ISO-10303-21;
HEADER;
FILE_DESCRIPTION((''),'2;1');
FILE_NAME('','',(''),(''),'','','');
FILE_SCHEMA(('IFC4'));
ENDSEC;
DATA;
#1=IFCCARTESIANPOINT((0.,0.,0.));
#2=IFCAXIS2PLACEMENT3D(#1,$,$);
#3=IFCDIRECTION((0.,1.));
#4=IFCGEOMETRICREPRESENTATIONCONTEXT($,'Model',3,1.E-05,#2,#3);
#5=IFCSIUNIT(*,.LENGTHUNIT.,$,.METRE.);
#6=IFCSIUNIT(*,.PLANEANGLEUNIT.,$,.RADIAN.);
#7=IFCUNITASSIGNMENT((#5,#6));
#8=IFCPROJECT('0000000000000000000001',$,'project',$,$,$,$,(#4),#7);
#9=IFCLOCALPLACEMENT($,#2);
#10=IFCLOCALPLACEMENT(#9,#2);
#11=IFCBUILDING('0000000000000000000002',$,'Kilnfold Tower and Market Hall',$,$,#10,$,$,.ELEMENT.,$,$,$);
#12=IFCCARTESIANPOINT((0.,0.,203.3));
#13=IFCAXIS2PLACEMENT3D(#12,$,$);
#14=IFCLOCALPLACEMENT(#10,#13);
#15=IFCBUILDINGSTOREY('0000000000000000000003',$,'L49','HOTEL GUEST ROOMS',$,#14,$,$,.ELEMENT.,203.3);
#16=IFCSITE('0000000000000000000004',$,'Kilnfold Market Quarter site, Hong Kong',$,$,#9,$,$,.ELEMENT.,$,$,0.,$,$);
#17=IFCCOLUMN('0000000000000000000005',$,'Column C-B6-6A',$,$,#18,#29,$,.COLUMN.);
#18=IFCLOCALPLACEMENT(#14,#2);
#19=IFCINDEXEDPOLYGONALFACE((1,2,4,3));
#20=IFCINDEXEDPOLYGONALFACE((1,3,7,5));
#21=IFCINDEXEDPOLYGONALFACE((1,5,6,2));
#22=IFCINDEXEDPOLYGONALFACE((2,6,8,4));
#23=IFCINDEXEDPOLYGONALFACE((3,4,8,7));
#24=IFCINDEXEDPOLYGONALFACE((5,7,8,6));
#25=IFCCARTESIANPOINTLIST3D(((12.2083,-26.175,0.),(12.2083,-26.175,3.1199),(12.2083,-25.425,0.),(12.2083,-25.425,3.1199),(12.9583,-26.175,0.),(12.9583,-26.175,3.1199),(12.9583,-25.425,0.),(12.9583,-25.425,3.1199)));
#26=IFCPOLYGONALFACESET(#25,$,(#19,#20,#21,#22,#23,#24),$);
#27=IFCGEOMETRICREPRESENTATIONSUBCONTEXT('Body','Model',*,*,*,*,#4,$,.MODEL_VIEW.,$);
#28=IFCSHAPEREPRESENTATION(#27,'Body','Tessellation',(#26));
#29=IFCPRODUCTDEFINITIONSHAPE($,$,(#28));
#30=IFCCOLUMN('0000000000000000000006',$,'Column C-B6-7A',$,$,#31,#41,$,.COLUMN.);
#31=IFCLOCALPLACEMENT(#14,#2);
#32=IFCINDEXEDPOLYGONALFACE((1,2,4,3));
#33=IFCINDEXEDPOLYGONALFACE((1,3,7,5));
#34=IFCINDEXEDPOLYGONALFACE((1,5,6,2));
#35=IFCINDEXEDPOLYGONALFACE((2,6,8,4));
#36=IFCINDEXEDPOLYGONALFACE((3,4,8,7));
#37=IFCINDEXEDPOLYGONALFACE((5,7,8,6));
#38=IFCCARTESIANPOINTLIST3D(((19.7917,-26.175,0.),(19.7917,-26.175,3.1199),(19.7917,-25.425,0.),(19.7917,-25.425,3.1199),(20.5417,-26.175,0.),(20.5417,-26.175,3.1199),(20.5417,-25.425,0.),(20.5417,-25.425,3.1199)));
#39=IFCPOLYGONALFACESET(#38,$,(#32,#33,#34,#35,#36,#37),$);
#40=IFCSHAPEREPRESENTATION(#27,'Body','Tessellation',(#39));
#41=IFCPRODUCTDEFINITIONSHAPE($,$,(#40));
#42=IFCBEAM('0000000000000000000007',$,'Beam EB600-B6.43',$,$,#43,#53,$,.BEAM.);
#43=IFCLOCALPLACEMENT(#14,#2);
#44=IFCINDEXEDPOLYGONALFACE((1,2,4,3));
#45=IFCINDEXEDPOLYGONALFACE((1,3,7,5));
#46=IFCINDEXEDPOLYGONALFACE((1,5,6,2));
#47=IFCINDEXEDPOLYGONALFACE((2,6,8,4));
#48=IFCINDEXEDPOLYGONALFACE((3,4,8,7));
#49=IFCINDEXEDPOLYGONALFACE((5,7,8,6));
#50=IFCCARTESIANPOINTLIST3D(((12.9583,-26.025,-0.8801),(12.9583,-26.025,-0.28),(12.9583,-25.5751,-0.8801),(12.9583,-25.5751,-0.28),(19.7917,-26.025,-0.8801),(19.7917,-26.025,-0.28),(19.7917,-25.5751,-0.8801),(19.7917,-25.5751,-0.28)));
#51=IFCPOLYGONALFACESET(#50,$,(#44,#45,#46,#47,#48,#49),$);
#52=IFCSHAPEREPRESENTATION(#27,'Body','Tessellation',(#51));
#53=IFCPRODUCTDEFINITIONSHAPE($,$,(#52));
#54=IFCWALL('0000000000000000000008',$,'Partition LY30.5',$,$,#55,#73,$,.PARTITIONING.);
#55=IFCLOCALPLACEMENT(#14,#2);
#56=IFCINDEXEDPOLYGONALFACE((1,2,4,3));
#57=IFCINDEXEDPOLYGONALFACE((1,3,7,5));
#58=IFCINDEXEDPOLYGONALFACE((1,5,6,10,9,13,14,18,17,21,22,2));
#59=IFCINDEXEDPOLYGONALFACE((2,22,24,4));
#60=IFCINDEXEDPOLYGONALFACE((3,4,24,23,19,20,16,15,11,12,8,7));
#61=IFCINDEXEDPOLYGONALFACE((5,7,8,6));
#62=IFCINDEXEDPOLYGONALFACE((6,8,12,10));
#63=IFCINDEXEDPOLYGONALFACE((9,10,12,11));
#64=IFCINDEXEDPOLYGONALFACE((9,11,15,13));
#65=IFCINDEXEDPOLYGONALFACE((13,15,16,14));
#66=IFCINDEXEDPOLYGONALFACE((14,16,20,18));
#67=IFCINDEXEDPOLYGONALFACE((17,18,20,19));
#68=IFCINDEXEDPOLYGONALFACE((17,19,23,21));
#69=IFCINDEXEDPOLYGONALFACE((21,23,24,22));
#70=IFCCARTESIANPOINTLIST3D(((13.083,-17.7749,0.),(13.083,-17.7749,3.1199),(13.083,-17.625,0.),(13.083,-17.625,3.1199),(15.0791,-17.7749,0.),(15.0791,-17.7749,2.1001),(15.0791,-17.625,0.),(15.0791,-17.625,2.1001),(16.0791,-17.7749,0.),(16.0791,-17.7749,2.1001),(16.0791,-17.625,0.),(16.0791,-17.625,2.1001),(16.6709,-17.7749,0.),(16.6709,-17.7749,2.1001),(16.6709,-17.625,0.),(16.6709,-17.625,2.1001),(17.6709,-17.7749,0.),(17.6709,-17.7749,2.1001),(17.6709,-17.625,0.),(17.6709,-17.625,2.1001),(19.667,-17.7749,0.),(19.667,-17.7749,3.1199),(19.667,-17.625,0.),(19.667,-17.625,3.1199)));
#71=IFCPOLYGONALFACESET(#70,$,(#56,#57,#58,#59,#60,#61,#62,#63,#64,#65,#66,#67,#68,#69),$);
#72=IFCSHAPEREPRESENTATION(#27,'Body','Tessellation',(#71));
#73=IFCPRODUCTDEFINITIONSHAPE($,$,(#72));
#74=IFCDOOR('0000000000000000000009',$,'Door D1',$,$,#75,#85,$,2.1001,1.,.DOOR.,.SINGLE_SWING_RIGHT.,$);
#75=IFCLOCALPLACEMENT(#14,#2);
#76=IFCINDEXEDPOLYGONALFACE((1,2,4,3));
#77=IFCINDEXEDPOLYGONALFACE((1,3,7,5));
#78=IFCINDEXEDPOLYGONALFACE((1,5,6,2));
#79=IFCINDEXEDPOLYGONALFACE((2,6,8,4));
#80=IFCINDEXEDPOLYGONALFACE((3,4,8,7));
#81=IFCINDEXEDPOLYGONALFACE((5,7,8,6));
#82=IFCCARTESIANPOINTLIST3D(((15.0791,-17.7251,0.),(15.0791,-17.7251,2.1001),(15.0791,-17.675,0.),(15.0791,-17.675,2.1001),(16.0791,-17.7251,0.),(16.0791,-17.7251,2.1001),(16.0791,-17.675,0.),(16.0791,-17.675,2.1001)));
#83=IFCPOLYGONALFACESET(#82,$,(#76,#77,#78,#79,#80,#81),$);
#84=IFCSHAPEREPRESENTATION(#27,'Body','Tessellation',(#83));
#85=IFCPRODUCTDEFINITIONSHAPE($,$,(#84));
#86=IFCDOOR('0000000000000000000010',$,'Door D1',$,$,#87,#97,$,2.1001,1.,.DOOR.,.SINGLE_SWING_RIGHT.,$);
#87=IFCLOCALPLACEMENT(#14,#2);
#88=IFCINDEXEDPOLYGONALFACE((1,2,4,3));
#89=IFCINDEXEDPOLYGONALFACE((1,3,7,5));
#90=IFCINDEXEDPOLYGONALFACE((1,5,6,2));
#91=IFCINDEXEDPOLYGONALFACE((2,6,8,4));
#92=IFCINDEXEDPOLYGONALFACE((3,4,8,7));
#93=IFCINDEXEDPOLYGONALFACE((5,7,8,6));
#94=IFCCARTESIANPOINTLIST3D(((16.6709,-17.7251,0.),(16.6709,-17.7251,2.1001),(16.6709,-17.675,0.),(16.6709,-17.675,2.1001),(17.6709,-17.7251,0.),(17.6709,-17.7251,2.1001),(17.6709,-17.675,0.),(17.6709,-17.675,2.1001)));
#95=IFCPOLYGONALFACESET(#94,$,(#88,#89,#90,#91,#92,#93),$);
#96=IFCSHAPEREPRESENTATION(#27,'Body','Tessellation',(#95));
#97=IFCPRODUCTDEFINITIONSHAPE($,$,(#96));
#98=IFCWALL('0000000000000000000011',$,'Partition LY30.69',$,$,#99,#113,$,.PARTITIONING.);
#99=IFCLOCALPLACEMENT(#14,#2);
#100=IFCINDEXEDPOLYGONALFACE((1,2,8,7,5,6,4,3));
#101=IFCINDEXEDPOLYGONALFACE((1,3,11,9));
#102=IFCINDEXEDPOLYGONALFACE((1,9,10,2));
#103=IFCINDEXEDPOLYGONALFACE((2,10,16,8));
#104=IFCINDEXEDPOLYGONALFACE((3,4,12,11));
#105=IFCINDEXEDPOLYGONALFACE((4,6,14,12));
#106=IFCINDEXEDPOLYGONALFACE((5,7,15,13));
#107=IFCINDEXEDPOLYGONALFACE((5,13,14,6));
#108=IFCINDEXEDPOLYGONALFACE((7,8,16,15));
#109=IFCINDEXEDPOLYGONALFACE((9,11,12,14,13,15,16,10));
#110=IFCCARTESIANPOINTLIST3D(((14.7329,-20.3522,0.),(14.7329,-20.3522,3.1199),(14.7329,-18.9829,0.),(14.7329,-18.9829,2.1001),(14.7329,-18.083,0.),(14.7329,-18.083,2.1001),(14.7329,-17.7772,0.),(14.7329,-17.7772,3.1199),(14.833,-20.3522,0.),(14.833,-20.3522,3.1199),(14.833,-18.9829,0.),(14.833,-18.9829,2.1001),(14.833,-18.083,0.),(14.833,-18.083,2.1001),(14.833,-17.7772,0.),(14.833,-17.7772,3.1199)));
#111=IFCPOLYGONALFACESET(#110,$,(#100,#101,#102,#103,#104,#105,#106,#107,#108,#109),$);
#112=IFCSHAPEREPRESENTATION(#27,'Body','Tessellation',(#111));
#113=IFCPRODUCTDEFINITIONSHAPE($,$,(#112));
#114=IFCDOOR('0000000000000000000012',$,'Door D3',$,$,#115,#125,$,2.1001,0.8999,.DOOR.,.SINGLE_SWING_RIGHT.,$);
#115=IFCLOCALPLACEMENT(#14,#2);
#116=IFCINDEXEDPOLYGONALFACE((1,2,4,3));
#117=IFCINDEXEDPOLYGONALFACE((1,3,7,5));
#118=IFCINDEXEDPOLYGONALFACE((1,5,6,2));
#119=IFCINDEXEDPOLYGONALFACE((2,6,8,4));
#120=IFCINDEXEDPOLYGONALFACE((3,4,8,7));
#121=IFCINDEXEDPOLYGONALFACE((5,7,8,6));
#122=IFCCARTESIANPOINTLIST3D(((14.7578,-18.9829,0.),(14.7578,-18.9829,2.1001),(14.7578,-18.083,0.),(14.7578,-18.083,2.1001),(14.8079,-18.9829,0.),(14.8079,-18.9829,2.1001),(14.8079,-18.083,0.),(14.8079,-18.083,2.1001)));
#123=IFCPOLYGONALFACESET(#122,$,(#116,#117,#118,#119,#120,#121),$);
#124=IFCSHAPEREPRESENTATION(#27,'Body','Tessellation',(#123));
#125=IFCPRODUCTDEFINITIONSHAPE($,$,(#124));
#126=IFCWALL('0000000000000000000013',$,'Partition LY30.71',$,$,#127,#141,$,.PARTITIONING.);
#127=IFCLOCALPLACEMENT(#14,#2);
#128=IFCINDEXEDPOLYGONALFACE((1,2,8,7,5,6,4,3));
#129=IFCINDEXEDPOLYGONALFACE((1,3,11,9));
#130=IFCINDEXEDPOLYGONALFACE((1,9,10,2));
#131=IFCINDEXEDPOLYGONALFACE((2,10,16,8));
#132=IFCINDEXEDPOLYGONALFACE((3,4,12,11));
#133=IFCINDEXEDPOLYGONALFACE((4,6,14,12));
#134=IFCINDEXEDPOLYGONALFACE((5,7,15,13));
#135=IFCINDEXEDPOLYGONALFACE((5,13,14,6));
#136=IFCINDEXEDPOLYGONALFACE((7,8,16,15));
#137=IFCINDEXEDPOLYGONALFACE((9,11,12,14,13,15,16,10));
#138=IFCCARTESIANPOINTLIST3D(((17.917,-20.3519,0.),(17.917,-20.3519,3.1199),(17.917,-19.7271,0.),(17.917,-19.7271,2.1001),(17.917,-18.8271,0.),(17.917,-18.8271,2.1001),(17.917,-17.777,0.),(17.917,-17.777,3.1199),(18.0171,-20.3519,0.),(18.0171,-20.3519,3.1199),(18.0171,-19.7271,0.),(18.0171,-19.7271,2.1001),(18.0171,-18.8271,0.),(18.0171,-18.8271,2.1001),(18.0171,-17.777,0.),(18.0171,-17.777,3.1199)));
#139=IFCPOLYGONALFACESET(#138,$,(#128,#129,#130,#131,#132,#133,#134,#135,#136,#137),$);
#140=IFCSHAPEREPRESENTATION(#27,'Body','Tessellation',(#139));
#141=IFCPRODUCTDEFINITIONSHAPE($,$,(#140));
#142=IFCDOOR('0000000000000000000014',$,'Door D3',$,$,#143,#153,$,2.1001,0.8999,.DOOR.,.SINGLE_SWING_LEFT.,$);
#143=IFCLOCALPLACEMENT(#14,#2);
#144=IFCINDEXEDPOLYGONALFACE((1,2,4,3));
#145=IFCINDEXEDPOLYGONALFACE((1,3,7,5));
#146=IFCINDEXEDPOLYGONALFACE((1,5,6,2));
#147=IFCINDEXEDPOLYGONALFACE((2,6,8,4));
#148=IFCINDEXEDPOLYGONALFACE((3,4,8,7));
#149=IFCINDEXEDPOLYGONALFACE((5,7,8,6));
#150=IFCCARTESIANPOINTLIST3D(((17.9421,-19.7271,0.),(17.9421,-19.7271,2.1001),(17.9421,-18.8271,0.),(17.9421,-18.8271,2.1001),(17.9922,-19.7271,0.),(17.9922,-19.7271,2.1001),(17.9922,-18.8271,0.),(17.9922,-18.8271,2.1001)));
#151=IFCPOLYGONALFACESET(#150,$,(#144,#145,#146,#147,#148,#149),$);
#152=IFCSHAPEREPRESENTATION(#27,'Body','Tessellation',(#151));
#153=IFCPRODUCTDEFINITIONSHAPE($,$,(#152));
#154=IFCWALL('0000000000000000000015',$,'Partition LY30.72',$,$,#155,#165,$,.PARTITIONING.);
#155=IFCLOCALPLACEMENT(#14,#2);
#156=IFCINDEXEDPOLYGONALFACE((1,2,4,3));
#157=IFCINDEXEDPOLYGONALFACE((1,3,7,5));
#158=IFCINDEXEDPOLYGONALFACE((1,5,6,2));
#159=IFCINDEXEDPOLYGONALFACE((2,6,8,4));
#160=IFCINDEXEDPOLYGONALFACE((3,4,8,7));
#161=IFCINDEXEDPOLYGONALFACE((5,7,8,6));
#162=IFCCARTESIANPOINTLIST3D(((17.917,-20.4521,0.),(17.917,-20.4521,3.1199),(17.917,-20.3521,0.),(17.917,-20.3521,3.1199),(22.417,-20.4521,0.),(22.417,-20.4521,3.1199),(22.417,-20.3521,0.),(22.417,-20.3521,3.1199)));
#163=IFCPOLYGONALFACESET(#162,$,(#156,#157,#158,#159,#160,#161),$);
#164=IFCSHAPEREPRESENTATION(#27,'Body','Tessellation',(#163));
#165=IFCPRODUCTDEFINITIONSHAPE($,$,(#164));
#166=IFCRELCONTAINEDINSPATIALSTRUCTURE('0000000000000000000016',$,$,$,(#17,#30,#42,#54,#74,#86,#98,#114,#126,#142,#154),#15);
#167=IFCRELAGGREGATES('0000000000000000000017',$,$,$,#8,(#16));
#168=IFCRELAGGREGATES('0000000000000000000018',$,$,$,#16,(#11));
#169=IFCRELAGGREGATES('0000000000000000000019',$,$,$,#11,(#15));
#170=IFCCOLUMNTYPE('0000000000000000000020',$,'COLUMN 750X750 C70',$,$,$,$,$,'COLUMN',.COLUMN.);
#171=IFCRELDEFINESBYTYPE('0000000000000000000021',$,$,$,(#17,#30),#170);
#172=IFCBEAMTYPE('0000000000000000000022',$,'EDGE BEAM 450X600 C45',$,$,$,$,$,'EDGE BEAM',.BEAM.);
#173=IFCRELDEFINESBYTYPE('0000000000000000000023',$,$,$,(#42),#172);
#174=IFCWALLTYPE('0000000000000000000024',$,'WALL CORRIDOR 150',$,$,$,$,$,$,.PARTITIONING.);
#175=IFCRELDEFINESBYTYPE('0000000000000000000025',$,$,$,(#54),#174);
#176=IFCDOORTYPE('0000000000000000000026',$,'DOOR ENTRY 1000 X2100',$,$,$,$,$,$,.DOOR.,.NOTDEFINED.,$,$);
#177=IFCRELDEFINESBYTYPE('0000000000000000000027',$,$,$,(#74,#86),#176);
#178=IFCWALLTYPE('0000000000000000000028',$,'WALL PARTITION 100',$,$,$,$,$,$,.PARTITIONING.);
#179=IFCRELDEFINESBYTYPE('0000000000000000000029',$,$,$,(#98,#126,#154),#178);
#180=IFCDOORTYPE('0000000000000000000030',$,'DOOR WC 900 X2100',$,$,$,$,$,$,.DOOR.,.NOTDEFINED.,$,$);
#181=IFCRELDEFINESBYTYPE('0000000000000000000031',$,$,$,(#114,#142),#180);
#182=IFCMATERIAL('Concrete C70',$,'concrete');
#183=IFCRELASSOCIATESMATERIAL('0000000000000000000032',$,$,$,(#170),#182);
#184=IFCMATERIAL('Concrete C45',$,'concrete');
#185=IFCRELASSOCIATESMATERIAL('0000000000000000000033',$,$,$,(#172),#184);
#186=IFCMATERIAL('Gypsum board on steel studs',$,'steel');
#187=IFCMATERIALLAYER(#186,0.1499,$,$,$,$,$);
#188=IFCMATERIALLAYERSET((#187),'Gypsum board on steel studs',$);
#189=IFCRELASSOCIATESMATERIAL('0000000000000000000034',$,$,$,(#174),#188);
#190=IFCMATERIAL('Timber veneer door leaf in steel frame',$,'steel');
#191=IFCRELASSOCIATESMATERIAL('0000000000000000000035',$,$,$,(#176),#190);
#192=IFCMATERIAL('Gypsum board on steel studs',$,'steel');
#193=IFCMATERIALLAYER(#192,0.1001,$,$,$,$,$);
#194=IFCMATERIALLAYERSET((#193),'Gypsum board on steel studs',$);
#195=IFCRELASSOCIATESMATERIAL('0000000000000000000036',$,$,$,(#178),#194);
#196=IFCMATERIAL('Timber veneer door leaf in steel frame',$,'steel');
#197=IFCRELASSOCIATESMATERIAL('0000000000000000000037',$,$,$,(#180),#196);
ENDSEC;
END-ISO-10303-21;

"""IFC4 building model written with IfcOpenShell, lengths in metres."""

from ifc_helpers import new_model, si_unit, direction, frame, frame_2d, origin, origin_2d, place, context, subcontext, project, spatial, rectangle, extrude, source, transform, mapped, material, layer, layer_set, material_profile, profile_set, type_object, element, fill, save


model = new_model("IFC4")

# Units and contexts
model_context = context("Model", 3, precision=1e-05, world=origin(), true_north=direction((0.0, 1.0)))
body_context = subcontext(model_context, "Body", "Model", "MODEL_VIEW")
ifc_project = project(units=[si_unit("LENGTHUNIT", "METRE"), si_unit("PLANEANGLEUNIT", "RADIAN")], contexts=[model_context])

# Site, building, storey
site_placement = place(None, origin())
site = spatial("IfcSite", under=ifc_project, at=site_placement, Name="Kilnfold Market Quarter site, Hong Kong", CompositionType="ELEMENT", RefElevation=0.0)
building_placement = place(site_placement, origin())
building = spatial("IfcBuilding", under=site, at=building_placement, Name="Kilnfold Tower and Market Hall", CompositionType="ELEMENT")
storey_placement = place(building_placement, frame((0.0, 0.0, 203.3)))
storey = spatial("IfcBuildingStorey", under=building, at=storey_placement, Name="L49", Description="HOTEL GUEST ROOMS", CompositionType="ELEMENT", Elevation=203.3)

# Columns
ifc_material_1 = material(Name="Concrete C70", Category="concrete")
ifc_material_profile_1 = material_profile(ifc_material_1, rectangle(XDim=0.75, YDim=0.75, at=origin_2d()), Name="RC 750x750")
ifc_profile_set_1 = profile_set([ifc_material_profile_1], Name="Concrete C70")
column_type = type_object("IfcColumnType", Name="COLUMN 750X750 C70", ElementType="COLUMN", PredefinedType="COLUMN", material=ifc_profile_set_1)
shared_shape_1 = source(origin(), body_context, "Body", "SweptSolid", [
    extrude(rectangle(XDim=0.75, YDim=0.75, at=origin_2d()), origin(), (0.0, 0.0, 1.0), 3.1199),
])
for number, where, z_axis, x_axis, name in (
    (1, (12.5833, -25.8, 0.0), (0.0, 0.0, 1.0), (1.0, 0.0, 0.0), "Column C-B6-6A"),
    (2, (20.1667, -25.8, 0.0), (0.0, 0.0, 1.0), (1.0, 0.0, 0.0), "Column C-B6-7A"),
):
    element("IfcColumn", number, at=place(storey_placement, frame(where, z_axis=z_axis, x_axis=x_axis)), inside=storey, type_object=column_type, Name=name, PredefinedType="COLUMN", context=body_context, shape_type="MappedRepresentation", body=[
        mapped(shared_shape_1, transform((0.0, 0.0, 0.0))),
    ])

# Beam
ifc_material_2 = material(Name="Concrete C45", Category="concrete")
ifc_material_profile_2 = material_profile(ifc_material_2, rectangle(XDim=0.45, YDim=0.6001, at=origin_2d()), Name="RC 450x600")
ifc_profile_set_2 = profile_set([ifc_material_profile_2], Name="Concrete C45")
beam_type = type_object("IfcBeamType", Name="EDGE BEAM 450X600 C45", ElementType="EDGE BEAM", PredefinedType="BEAM", material=ifc_profile_set_2)
shared_shape_2 = source(origin(), body_context, "Body", "SweptSolid", [
    extrude(rectangle(XDim=0.45, YDim=0.6001, at=origin_2d()), origin(), (0.0, 0.0, 1.0), 6.8335),
])
beam_placement = place(storey_placement, frame((12.9583, -25.8, -0.5801), z_axis=(1.0, 0.0, 0.0), x_axis=(0.0, 1.0, 0.0)))
element("IfcBeam", 3, at=beam_placement, inside=storey, type_object=beam_type, Name="Beam EB600-B6.43", PredefinedType="BEAM", context=body_context, shape_type="MappedRepresentation", body=[
    mapped(shared_shape_2, transform((0.0, 0.0, 0.0))),
])

# Wall, openings, doors
ifc_material_3 = material(Name="Gypsum board on steel studs", Category="steel")
ifc_layer_1 = layer(ifc_material_3, 0.1499)
ifc_layer_set_1 = layer_set([ifc_layer_1], Name="Gypsum board on steel studs")
wall_type_1 = type_object("IfcWallType", Name="WALL CORRIDOR 150", PredefinedType="PARTITIONING", material=ifc_layer_set_1)
wall_1_placement = place(storey_placement, frame((13.083, -17.7, 0.0), z_axis=(0.0, 0.0, 1.0), x_axis=(1.0, 0.0, 0.0)))
wall_1 = element("IfcWall", 4, at=wall_1_placement, inside=storey, type_object=wall_type_1, Name="Partition LY30.5", PredefinedType="PARTITIONING", context=body_context, shape_type="SweptSolid", body=[
    extrude(rectangle(XDim=6.584, YDim=0.1499, at=frame_2d((3.292, 0.0))), origin(), (0.0, 0.0, 1.0), 3.1199),
])
opening_1_placement = place(wall_1_placement, frame((1.9961, 0.0, 0.0)))
opening_1 = element("IfcOpeningElement", 5, at=opening_1_placement, cuts=wall_1, PredefinedType="OPENING", context=body_context, shape_type="SweptSolid", body=[
    extrude(rectangle(XDim=1.0, YDim=2.1001, at=frame_2d((0.5, 1.05))), frame((0.0, 0.085, 0.0), z_axis=(0.0, -1.0, 0.0), x_axis=(1.0, 0.0, 0.0)), (0.0, 0.0, 1.0), 0.1699),
])
opening_2_placement = place(wall_1_placement, frame((3.5879, 0.0, 0.0)))
opening_2 = element("IfcOpeningElement", 6, at=opening_2_placement, cuts=wall_1, PredefinedType="OPENING", context=body_context, shape_type="SweptSolid", body=[
    extrude(rectangle(XDim=1.0, YDim=2.1001, at=frame_2d((0.5, 1.05))), frame((0.0, 0.085, 0.0), z_axis=(0.0, -1.0, 0.0), x_axis=(1.0, 0.0, 0.0)), (0.0, 0.0, 1.0), 0.1699),
])
ifc_material_4 = material(Name="Timber veneer door leaf in steel frame", Category="steel")
door_type_1 = type_object("IfcDoorType", Name="DOOR ENTRY 1000 X2100", OperationType="NOTDEFINED", PredefinedType="DOOR", material=ifc_material_4)
door_1_placement = place(opening_1_placement, origin())
door_1 = element("IfcDoor", 7, at=door_1_placement, inside=storey, type_object=door_type_1, Name="Door D1", OperationType="SINGLE_SWING_RIGHT", OverallHeight=2.1001, OverallWidth=1.0, PredefinedType="DOOR", context=body_context, shape_type="SweptSolid", body=[
    extrude(rectangle(XDim=1.0, YDim=2.1001, at=frame_2d((0.5, 1.05))), frame((0.0, 0.0249, 0.0), z_axis=(0.0, -1.0, 0.0), x_axis=(1.0, 0.0, 0.0)), (0.0, 0.0, 1.0), 0.05),
])
fill(opening_1, door_1)
door_2_placement = place(opening_2_placement, origin())
door_2 = element("IfcDoor", 8, at=door_2_placement, inside=storey, type_object=door_type_1, Name="Door D1", OperationType="SINGLE_SWING_RIGHT", OverallHeight=2.1001, OverallWidth=1.0, PredefinedType="DOOR", context=body_context, shape_type="SweptSolid", body=[
    extrude(rectangle(XDim=1.0, YDim=2.1001, at=frame_2d((0.5, 1.05))), frame((0.0, 0.0249, 0.0), z_axis=(0.0, -1.0, 0.0), x_axis=(1.0, 0.0, 0.0)), (0.0, 0.0, 1.0), 0.05),
])
fill(opening_2, door_2)

# Walls, openings, doors
ifc_material_5 = material(Name="Gypsum board on steel studs", Category="steel")
ifc_layer_2 = layer(ifc_material_5, 0.1001)
ifc_layer_set_2 = layer_set([ifc_layer_2], Name="Gypsum board on steel studs")
wall_type_2 = type_object("IfcWallType", Name="WALL PARTITION 100", PredefinedType="PARTITIONING", material=ifc_layer_set_2)
wall_2_placement = place(storey_placement, frame((14.783, -17.7771, 0.0), z_axis=(0.0, 0.0, 1.0), x_axis=(0.0, -1.0, 0.0)))
wall_2 = element("IfcWall", 9, at=wall_2_placement, inside=storey, type_object=wall_type_2, Name="Partition LY30.69", PredefinedType="PARTITIONING", context=body_context, shape_type="SweptSolid", body=[
    extrude(rectangle(XDim=2.575, YDim=0.1001, at=frame_2d((1.2876, 0.0))), origin(), (0.0, 0.0, 1.0), 3.1199),
])
opening_3_placement = place(wall_2_placement, frame((0.3059, 0.0, 0.0)))
opening_3 = element("IfcOpeningElement", 10, at=opening_3_placement, cuts=wall_2, PredefinedType="OPENING", context=body_context, shape_type="SweptSolid", body=[
    extrude(rectangle(XDim=0.8999, YDim=2.1001, at=frame_2d((0.45, 1.05))), frame((0.0, 0.0601, 0.0), z_axis=(0.0, -1.0, 0.0), x_axis=(1.0, 0.0, 0.0)), (0.0, 0.0, 1.0), 0.1201),
])
ifc_material_6 = material(Name="Timber veneer door leaf in steel frame", Category="steel")
door_type_2 = type_object("IfcDoorType", Name="DOOR WC 900 X2100", OperationType="NOTDEFINED", PredefinedType="DOOR", material=ifc_material_6)
door_3_placement = place(opening_3_placement, origin())
door_3 = element("IfcDoor", 11, at=door_3_placement, inside=storey, type_object=door_type_2, Name="Door D3", OperationType="SINGLE_SWING_RIGHT", OverallHeight=2.1001, OverallWidth=0.8999, PredefinedType="DOOR", context=body_context, shape_type="SweptSolid", body=[
    extrude(rectangle(XDim=0.8999, YDim=2.1001, at=frame_2d((0.45, 1.05))), frame((0.0, 0.0249, 0.0), z_axis=(0.0, -1.0, 0.0), x_axis=(1.0, 0.0, 0.0)), (0.0, 0.0, 1.0), 0.05),
])
fill(opening_3, door_3)
wall_3_placement = place(storey_placement, frame((17.967, -20.3521, 0.0), z_axis=(0.0, 0.0, 1.0), x_axis=(0.0, 1.0, 0.0)))
wall_3 = element("IfcWall", 12, at=wall_3_placement, inside=storey, type_object=wall_type_2, Name="Partition LY30.71", PredefinedType="PARTITIONING", context=body_context, shape_type="SweptSolid", body=[
    extrude(rectangle(XDim=2.575, YDim=0.1001, at=frame_2d((1.2876, 0.0))), origin(), (0.0, 0.0, 1.0), 3.1199),
])
opening_4_placement = place(wall_3_placement, frame((0.625, 0.0, 0.0)))
opening_4 = element("IfcOpeningElement", 13, at=opening_4_placement, cuts=wall_3, PredefinedType="OPENING", context=body_context, shape_type="SweptSolid", body=[
    extrude(rectangle(XDim=0.8999, YDim=2.1001, at=frame_2d((0.45, 1.05))), frame((0.0, 0.0601, 0.0), z_axis=(0.0, -1.0, 0.0), x_axis=(1.0, 0.0, 0.0)), (0.0, 0.0, 1.0), 0.1201),
])
door_4_placement = place(opening_4_placement, origin())
door_4 = element("IfcDoor", 14, at=door_4_placement, inside=storey, type_object=door_type_2, Name="Door D3", OperationType="SINGLE_SWING_LEFT", OverallHeight=2.1001, OverallWidth=0.8999, PredefinedType="DOOR", context=body_context, shape_type="SweptSolid", body=[
    extrude(rectangle(XDim=0.8999, YDim=2.1001, at=frame_2d((0.45, 1.05))), frame((0.0, 0.0249, 0.0), z_axis=(0.0, -1.0, 0.0), x_axis=(1.0, 0.0, 0.0)), (0.0, 0.0, 1.0), 0.05),
])
fill(opening_4, door_4)

# Wall
wall_4_placement = place(storey_placement, frame((17.917, -20.4021, 0.0), z_axis=(0.0, 0.0, 1.0), x_axis=(1.0, 0.0, 0.0)))
element("IfcWall", 15, at=wall_4_placement, inside=storey, type_object=wall_type_2, Name="Partition LY30.72", PredefinedType="PARTITIONING", context=body_context, shape_type="SweptSolid", body=[
    extrude(rectangle(XDim=4.5, YDim=0.1001, at=frame_2d((2.25, 0.0))), origin(), (0.0, 0.0, 1.0), 3.1199),
])

save(model, "model.ifc")
